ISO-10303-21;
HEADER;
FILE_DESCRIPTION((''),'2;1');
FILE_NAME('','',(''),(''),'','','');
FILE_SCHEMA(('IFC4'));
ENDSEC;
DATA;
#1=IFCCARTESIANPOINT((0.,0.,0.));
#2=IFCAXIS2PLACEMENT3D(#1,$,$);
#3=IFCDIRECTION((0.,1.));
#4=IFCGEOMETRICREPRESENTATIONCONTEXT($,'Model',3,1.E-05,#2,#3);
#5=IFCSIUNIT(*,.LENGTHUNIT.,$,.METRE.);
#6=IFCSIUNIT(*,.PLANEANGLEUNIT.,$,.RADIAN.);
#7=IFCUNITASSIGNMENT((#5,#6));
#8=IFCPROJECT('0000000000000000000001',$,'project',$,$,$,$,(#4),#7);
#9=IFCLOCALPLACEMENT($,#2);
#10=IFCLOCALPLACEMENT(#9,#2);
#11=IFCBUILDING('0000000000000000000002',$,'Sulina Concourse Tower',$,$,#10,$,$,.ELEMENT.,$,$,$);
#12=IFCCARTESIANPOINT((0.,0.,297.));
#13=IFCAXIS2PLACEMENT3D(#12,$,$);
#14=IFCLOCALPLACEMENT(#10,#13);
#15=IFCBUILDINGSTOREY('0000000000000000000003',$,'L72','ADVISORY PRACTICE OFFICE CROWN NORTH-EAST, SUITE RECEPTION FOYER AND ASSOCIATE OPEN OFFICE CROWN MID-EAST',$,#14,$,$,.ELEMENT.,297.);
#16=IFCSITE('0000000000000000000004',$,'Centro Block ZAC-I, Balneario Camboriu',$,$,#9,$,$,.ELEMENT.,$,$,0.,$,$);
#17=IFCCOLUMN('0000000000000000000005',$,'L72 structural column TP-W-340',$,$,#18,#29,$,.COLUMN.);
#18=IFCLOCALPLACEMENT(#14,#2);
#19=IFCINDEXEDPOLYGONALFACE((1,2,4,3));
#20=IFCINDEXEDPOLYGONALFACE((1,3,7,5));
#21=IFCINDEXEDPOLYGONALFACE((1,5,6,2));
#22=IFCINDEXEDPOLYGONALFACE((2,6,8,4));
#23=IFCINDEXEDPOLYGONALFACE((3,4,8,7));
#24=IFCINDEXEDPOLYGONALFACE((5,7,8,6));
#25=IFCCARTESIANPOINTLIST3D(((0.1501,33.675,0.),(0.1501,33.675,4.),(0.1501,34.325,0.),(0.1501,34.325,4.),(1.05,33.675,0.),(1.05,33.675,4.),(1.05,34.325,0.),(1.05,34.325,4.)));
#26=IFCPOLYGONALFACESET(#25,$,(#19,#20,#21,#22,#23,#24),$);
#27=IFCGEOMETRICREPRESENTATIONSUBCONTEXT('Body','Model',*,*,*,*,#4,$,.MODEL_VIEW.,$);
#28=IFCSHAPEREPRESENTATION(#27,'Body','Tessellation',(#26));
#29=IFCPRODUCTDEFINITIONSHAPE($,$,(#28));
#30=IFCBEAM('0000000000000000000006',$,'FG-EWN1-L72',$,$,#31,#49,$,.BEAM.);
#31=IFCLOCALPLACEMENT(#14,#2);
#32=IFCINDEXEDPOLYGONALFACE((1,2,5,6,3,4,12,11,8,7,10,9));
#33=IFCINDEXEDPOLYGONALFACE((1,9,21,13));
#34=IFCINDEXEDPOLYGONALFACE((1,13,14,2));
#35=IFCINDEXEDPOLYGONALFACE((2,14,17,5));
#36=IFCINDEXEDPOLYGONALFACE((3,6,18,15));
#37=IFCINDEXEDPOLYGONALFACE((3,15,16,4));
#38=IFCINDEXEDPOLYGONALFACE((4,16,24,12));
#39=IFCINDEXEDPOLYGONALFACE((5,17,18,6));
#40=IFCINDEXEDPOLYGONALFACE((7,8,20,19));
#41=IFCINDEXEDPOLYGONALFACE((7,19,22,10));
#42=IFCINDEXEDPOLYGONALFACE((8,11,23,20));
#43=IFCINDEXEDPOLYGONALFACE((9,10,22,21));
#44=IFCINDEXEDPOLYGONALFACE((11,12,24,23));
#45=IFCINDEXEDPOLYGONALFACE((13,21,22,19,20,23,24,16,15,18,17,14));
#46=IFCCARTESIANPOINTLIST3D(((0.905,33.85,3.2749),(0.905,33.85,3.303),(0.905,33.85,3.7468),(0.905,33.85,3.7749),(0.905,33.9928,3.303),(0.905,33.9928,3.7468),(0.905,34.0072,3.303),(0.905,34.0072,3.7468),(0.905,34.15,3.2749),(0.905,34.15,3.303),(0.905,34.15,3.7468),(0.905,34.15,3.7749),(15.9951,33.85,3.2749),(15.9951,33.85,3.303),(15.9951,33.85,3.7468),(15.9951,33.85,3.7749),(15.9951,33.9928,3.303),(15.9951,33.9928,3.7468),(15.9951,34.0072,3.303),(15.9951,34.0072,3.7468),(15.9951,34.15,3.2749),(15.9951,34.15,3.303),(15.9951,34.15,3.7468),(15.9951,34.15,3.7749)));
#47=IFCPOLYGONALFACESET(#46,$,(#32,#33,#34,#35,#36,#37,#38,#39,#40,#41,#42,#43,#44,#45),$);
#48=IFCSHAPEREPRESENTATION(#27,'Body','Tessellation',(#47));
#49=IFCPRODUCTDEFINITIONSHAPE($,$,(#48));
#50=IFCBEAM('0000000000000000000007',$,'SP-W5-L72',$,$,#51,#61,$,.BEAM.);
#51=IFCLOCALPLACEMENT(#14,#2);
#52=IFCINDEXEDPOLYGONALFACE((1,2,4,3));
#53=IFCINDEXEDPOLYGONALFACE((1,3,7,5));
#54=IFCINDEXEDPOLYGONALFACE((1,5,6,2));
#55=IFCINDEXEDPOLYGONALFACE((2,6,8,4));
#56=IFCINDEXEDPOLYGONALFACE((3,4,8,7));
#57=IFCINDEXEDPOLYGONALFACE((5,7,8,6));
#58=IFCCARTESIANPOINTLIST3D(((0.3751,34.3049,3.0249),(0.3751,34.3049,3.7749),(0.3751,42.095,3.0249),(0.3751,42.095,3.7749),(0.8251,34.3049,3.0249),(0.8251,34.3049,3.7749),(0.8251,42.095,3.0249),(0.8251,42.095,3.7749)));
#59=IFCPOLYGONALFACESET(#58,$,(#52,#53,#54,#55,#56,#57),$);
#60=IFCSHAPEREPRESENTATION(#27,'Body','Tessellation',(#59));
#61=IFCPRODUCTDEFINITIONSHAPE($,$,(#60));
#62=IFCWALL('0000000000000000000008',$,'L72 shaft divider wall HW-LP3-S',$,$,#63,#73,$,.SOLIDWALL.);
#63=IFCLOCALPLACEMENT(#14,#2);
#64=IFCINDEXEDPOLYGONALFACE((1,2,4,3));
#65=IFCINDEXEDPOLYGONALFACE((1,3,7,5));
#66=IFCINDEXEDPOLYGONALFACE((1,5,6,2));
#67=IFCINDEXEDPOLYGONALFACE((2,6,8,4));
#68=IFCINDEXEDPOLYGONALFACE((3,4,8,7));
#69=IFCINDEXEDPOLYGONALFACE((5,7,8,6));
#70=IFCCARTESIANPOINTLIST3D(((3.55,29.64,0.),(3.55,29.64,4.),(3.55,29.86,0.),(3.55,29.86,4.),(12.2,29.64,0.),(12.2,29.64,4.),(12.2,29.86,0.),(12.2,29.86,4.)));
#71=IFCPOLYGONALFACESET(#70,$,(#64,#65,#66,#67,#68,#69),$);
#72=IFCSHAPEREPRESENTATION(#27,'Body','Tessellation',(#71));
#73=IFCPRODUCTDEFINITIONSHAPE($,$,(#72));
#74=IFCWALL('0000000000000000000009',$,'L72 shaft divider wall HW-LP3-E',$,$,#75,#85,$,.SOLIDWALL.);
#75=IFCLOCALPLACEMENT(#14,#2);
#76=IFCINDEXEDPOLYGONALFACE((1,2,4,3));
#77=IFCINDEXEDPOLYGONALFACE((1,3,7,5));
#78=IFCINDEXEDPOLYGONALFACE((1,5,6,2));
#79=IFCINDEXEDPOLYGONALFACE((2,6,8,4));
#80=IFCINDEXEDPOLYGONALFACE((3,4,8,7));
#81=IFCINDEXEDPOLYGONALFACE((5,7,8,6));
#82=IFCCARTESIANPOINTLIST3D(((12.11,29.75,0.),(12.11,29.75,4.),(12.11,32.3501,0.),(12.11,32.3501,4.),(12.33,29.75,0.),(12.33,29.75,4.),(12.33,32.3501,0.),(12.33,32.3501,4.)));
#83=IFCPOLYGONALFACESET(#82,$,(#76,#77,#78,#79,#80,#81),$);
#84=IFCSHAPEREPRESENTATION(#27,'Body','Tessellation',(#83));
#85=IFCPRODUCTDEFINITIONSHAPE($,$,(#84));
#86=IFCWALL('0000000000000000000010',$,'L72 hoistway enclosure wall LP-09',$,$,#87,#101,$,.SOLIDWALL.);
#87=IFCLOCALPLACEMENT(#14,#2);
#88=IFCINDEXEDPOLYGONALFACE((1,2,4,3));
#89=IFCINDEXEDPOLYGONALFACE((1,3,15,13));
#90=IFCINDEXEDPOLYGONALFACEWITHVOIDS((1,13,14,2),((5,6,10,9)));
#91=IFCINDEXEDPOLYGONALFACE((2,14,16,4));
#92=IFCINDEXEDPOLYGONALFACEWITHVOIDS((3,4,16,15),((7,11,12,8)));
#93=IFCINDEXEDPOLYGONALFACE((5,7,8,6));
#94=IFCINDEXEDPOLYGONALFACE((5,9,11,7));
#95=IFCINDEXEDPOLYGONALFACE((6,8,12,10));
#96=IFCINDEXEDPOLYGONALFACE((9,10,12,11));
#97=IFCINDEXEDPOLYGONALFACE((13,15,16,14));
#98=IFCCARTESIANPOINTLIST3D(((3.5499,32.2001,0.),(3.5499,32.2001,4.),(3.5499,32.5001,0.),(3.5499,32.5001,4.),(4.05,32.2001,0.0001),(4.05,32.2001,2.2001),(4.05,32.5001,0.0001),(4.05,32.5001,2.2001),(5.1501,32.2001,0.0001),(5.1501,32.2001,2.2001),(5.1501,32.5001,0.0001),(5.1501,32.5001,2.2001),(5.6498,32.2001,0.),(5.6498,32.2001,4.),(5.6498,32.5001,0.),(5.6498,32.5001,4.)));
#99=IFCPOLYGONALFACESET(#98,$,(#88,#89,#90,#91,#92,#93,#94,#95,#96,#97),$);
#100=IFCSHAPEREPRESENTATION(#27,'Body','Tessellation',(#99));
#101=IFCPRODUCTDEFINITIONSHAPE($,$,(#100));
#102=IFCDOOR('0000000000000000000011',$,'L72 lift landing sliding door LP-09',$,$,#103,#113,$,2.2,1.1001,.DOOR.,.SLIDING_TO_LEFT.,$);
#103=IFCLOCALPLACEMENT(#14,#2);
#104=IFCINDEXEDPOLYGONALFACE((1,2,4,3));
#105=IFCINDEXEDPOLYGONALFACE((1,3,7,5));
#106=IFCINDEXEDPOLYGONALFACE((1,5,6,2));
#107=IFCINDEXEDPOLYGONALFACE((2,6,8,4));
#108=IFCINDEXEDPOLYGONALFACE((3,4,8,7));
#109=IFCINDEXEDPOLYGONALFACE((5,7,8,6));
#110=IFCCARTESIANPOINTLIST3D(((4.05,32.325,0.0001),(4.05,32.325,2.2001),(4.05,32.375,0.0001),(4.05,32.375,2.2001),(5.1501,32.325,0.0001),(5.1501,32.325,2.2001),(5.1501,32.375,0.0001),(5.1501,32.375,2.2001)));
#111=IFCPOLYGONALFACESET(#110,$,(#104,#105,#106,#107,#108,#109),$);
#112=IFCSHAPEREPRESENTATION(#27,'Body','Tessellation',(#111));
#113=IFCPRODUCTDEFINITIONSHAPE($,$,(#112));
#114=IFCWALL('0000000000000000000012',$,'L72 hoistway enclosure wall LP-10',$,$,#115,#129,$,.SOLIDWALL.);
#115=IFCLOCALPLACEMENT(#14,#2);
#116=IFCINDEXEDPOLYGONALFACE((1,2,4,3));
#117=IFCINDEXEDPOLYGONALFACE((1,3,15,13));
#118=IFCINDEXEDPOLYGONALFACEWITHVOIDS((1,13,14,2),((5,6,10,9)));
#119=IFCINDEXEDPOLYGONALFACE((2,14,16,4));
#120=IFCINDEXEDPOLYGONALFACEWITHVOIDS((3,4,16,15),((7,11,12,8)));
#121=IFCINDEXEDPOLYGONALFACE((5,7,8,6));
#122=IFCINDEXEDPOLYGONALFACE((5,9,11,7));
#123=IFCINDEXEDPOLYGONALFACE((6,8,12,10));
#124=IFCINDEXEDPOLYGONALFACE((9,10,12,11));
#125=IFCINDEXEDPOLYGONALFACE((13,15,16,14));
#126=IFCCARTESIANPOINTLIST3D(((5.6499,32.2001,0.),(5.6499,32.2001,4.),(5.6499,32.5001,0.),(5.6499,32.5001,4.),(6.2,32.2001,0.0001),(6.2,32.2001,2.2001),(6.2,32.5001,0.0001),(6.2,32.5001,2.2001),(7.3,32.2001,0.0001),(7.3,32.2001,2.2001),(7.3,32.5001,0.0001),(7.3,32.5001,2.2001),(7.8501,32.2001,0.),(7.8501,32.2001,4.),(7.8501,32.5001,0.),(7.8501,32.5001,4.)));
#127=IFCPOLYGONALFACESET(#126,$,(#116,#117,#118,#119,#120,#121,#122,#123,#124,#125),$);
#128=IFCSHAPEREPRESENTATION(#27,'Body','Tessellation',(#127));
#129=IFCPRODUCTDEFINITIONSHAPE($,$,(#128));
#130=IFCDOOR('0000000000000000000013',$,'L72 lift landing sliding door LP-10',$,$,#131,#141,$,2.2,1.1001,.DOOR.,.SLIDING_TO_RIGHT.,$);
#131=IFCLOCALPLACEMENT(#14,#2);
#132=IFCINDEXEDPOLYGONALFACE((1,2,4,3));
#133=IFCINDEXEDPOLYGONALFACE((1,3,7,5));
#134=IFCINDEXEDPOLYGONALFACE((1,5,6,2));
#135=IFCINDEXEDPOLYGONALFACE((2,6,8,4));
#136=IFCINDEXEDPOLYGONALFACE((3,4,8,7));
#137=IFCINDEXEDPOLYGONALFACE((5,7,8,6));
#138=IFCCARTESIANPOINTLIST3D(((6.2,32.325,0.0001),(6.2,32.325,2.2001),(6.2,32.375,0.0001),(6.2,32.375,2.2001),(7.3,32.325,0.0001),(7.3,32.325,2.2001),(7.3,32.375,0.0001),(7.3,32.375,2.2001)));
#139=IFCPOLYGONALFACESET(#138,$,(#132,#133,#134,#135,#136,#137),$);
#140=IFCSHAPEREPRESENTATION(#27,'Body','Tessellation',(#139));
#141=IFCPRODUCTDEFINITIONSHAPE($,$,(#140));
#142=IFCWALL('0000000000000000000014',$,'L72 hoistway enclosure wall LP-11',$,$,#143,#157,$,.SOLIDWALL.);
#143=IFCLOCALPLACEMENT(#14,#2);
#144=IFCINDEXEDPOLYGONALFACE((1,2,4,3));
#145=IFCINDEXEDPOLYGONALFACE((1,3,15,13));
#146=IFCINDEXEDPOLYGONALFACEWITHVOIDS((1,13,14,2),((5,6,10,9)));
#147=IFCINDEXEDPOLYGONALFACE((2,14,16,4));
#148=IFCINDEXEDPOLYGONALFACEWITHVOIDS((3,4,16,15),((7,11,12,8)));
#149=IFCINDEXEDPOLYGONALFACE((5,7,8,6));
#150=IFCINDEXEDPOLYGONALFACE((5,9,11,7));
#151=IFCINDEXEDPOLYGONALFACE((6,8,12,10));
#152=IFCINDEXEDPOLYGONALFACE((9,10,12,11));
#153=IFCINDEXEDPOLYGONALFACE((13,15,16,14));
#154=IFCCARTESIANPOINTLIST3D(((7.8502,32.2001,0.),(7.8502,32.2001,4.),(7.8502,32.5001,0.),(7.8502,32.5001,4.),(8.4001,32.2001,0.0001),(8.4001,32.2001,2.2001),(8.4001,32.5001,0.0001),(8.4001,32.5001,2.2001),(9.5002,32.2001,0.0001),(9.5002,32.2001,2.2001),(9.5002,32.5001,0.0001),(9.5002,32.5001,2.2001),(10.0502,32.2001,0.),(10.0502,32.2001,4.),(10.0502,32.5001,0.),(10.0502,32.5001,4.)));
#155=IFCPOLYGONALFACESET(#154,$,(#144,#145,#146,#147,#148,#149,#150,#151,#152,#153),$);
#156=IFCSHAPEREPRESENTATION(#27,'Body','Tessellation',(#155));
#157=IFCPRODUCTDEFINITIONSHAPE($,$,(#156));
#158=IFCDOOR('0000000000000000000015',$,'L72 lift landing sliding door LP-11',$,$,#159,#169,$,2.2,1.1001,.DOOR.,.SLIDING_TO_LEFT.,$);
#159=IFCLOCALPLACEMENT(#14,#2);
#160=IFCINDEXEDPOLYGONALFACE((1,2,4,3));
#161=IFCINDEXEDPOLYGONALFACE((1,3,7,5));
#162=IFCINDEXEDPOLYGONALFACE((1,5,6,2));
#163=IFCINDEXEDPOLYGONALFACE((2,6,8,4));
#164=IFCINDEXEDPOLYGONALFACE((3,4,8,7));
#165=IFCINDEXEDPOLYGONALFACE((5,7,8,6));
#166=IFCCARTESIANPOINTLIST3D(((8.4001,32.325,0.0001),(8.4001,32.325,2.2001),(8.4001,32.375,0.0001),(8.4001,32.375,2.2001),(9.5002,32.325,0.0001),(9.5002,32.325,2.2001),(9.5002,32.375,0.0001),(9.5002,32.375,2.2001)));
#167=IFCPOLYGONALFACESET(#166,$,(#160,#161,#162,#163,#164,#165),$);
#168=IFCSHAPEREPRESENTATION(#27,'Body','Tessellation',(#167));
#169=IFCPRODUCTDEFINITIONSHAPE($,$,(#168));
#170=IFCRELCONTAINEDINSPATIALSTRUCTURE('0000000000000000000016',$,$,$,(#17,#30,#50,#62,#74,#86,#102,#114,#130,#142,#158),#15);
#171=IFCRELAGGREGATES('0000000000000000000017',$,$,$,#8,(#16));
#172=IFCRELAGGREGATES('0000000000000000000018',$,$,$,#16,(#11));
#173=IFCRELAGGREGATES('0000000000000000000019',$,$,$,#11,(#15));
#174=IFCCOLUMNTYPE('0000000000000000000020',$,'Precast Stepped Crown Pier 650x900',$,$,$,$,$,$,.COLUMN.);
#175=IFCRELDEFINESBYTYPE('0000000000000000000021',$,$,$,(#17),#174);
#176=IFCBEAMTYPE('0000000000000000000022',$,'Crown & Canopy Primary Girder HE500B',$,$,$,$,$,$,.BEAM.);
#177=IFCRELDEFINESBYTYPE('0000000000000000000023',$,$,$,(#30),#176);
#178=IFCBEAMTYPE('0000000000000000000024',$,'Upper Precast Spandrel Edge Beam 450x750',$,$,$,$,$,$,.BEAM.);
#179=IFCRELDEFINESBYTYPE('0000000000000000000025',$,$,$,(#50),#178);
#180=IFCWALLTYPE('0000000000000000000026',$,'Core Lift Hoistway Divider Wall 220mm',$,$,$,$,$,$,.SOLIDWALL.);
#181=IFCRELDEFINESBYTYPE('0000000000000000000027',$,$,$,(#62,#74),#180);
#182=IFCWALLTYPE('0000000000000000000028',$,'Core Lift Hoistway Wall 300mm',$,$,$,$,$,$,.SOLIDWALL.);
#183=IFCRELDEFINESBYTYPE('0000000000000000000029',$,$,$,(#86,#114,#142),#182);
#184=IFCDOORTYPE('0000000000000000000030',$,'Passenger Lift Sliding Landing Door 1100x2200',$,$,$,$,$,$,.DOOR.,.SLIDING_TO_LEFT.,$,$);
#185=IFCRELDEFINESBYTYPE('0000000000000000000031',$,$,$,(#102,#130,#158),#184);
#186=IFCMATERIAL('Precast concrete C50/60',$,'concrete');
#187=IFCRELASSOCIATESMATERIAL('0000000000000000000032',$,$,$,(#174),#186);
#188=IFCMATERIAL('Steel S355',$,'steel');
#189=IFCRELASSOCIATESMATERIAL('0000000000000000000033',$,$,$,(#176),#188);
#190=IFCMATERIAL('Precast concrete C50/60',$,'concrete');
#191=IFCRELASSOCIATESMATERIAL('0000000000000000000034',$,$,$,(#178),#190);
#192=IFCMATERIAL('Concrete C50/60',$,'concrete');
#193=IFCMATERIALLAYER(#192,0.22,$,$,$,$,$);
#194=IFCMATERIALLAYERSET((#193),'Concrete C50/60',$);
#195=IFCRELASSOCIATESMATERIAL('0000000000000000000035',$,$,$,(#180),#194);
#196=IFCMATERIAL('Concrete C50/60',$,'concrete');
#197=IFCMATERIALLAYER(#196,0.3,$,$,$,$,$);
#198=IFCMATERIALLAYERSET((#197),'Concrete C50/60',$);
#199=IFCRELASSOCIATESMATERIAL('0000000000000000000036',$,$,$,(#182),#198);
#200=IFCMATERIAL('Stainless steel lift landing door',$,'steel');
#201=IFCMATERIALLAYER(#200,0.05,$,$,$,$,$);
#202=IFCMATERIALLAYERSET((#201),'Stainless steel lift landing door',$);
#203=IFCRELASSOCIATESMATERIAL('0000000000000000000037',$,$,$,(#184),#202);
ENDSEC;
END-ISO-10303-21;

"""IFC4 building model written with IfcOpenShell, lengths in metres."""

from ifc_helpers import new_model, si_unit, direction, frame, frame_2d, origin, origin_2d, place, context, subcontext, project, spatial, rectangle, i_section, extrude, material, layer, layer_set, material_profile, profile_set, type_object, element, fill, save


model = new_model("IFC4")

# Units and contexts
model_context = context("Model", 3, precision=1e-05, world=origin(), true_north=direction((0.0, 1.0)))
body_context = subcontext(model_context, "Body", "Model", "MODEL_VIEW")
ifc_project = project(units=[si_unit("LENGTHUNIT", "METRE"), si_unit("PLANEANGLEUNIT", "RADIAN")], contexts=[model_context])

# Site, building, storey
site_placement = place(None, origin())
site = spatial("IfcSite", under=ifc_project, at=site_placement, Name="Centro Block ZAC-I, Balneario Camboriu", CompositionType="ELEMENT", RefElevation=0.0)
building_placement = place(site_placement, origin())
building = spatial("IfcBuilding", under=site, at=building_placement, Name="Sulina Concourse Tower", CompositionType="ELEMENT")
storey_placement = place(building_placement, frame((0.0, 0.0, 297.0)))
storey = spatial("IfcBuildingStorey", under=building, at=storey_placement, Name="L72", Description="ADVISORY PRACTICE OFFICE CROWN NORTH-EAST, SUITE RECEPTION FOYER AND ASSOCIATE OPEN OFFICE CROWN MID-EAST", CompositionType="ELEMENT", Elevation=297.0)

# Column
ifc_material_1 = material(Name="Precast concrete C50/60", Category="concrete")
ifc_material_profile_1 = material_profile(ifc_material_1, rectangle(XDim=0.6499, YDim=0.8999, at=origin_2d()), Name="PC 650x900")
ifc_profile_set_1 = profile_set([ifc_material_profile_1], Name="Precast concrete C50/60")
column_type = type_object("IfcColumnType", Name="Precast Stepped Crown Pier 650x900", PredefinedType="COLUMN", material=ifc_profile_set_1)
column_placement = place(storey_placement, frame((0.6001, 34.0, 0.0), z_axis=(0.0, 0.0, 1.0), x_axis=(0.0, 1.0, 0.0)))
element("IfcColumn", 1, at=column_placement, inside=storey, type_object=column_type, Name="L72 structural column TP-W-340", PredefinedType="COLUMN", context=body_context, shape_type="SweptSolid", body=[
    extrude(rectangle(XDim=0.6499, YDim=0.8999, at=origin_2d()), origin(), (0.0, 0.0, 1.0), 4.0),
])

# Beams
ifc_material_2 = material(Name="Steel S355", Category="steel")
ifc_material_profile_2 = material_profile(ifc_material_2, i_section(OverallWidth=0.3, OverallDepth=0.5, WebThickness=0.0144, FlangeThickness=0.0281, at=origin_2d()), Name="HE 500 B")
ifc_profile_set_2 = profile_set([ifc_material_profile_2], Name="Steel S355")
beam_type_1 = type_object("IfcBeamType", Name="Crown & Canopy Primary Girder HE500B", PredefinedType="BEAM", material=ifc_profile_set_2)
beam_1_placement = place(storey_placement, frame((0.905, 34.0, 3.5249), z_axis=(1.0, 0.0, 0.0), x_axis=(0.0, 1.0, 0.0)))
element("IfcBeam", 2, at=beam_1_placement, inside=storey, type_object=beam_type_1, Name="FG-EWN1-L72", PredefinedType="BEAM", context=body_context, shape_type="SweptSolid", body=[
    extrude(i_section(OverallWidth=0.3, OverallDepth=0.5, WebThickness=0.0144, FlangeThickness=0.0281, at=origin_2d()), origin(), (0.0, 0.0, 1.0), 15.0901),
])
ifc_material_3 = material(Name="Precast concrete C50/60", Category="concrete")
ifc_material_profile_3 = material_profile(ifc_material_3, rectangle(XDim=0.45, YDim=0.75, at=origin_2d()), Name="RC 450x750")
ifc_profile_set_3 = profile_set([ifc_material_profile_3], Name="Precast concrete C50/60")
beam_type_2 = type_object("IfcBeamType", Name="Upper Precast Spandrel Edge Beam 450x750", PredefinedType="BEAM", material=ifc_profile_set_3)
beam_2_placement = place(storey_placement, frame((0.6001, 34.3049, 3.3999), z_axis=(0.0, 1.0, 0.0), x_axis=(-1.0, 0.0, 0.0)))
element("IfcBeam", 3, at=beam_2_placement, inside=storey, type_object=beam_type_2, Name="SP-W5-L72", PredefinedType="BEAM", context=body_context, shape_type="SweptSolid", body=[
    extrude(rectangle(XDim=0.45, YDim=0.75, at=origin_2d()), origin(), (0.0, 0.0, 1.0), 7.79),
])

# Walls
ifc_material_4 = material(Name="Concrete C50/60", Category="concrete")
ifc_layer_1 = layer(ifc_material_4, 0.22)
ifc_layer_set_1 = layer_set([ifc_layer_1], Name="Concrete C50/60")
wall_type_1 = type_object("IfcWallType", Name="Core Lift Hoistway Divider Wall 220mm", PredefinedType="SOLIDWALL", material=ifc_layer_set_1)
wall_1_placement = place(storey_placement, frame((3.55, 29.75, 0.0), z_axis=(0.0, 0.0, 1.0), x_axis=(1.0, 0.0, 0.0)))
element("IfcWall", 4, at=wall_1_placement, inside=storey, type_object=wall_type_1, Name="L72 shaft divider wall HW-LP3-S", PredefinedType="SOLIDWALL", context=body_context, shape_type="SweptSolid", body=[
    extrude(rectangle(XDim=8.6499, YDim=0.22, at=frame_2d((4.325, 0.0))), origin(), (0.0, 0.0, 1.0), 4.0),
])
wall_2_placement = place(storey_placement, frame((12.22, 29.75, 0.0), z_axis=(0.0, 0.0, 1.0), x_axis=(0.0, 1.0, 0.0)))
element("IfcWall", 5, at=wall_2_placement, inside=storey, type_object=wall_type_1, Name="L72 shaft divider wall HW-LP3-E", PredefinedType="SOLIDWALL", context=body_context, shape_type="SweptSolid", body=[
    extrude(rectangle(XDim=2.6001, YDim=0.22, at=frame_2d((1.3, 0.0))), origin(), (0.0, 0.0, 1.0), 4.0),
])

# Walls, openings, doors
ifc_material_5 = material(Name="Concrete C50/60", Category="concrete")
ifc_layer_2 = layer(ifc_material_5, 0.3)
ifc_layer_set_2 = layer_set([ifc_layer_2], Name="Concrete C50/60")
wall_type_2 = type_object("IfcWallType", Name="Core Lift Hoistway Wall 300mm", PredefinedType="SOLIDWALL", material=ifc_layer_set_2)
wall_3_placement = place(storey_placement, frame((3.55, 32.3501, 0.0), z_axis=(0.0, 0.0, 1.0), x_axis=(1.0, 0.0, 0.0)))
wall_3 = element("IfcWall", 6, at=wall_3_placement, inside=storey, type_object=wall_type_2, Name="L72 hoistway enclosure wall LP-09", PredefinedType="SOLIDWALL", context=body_context, shape_type="SweptSolid", body=[
    extrude(rectangle(XDim=2.0999, YDim=0.3, at=frame_2d((1.0498, 0.0))), origin(), (0.0, 0.0, 1.0), 4.0),
])
opening_1_placement = place(wall_3_placement, frame((0.5, 0.0, 0.0)))
opening_1 = element("IfcOpeningElement", 7, at=opening_1_placement, cuts=wall_3, PredefinedType="OPENING", context=body_context, shape_type="SweptSolid", body=[
    extrude(rectangle(XDim=1.1001, YDim=2.2, at=frame_2d((0.55, 1.1001))), frame((0.0, 0.1599, 0.0), z_axis=(0.0, -1.0, 0.0), x_axis=(1.0, 0.0, 0.0)), (0.0, 0.0, 1.0), 0.3201),
])
ifc_material_6 = material(Name="Stainless steel lift landing door", Category="steel")
ifc_layer_3 = layer(ifc_material_6, 0.05)
ifc_layer_set_3 = layer_set([ifc_layer_3], Name="Stainless steel lift landing door")
door_type_1 = type_object("IfcDoorType", Name="Passenger Lift Sliding Landing Door 1100x2200", OperationType="SLIDING_TO_LEFT", PredefinedType="DOOR", material=ifc_layer_set_3)
door_1_placement = place(opening_1_placement, origin())
door_1 = element("IfcDoor", 8, at=door_1_placement, inside=storey, type_object=door_type_1, Name="L72 lift landing sliding door LP-09", OperationType="SLIDING_TO_LEFT", OverallHeight=2.2, OverallWidth=1.1001, PredefinedType="DOOR", context=body_context, shape_type="SweptSolid", body=[
    extrude(rectangle(XDim=1.1001, YDim=2.2, at=frame_2d((0.55, 1.1001))), frame((0.0, 0.0249, 0.0), z_axis=(0.0, -1.0, 0.0), x_axis=(1.0, 0.0, 0.0)), (0.0, 0.0, 1.0), 0.05),
])
fill(opening_1, door_1)
wall_4_placement = place(storey_placement, frame((5.6499, 32.3501, 0.0), z_axis=(0.0, 0.0, 1.0), x_axis=(1.0, 0.0, 0.0)))
wall_4 = element("IfcWall", 9, at=wall_4_placement, inside=storey, type_object=wall_type_2, Name="L72 hoistway enclosure wall LP-10", PredefinedType="SOLIDWALL", context=body_context, shape_type="SweptSolid", body=[
    extrude(rectangle(XDim=2.2002, YDim=0.3, at=frame_2d((1.1001, 0.0))), origin(), (0.0, 0.0, 1.0), 4.0),
])
opening_2_placement = place(wall_4_placement, frame((0.55, 0.0, 0.0)))
opening_2 = element("IfcOpeningElement", 10, at=opening_2_placement, cuts=wall_4, PredefinedType="OPENING", context=body_context, shape_type="SweptSolid", body=[
    extrude(rectangle(XDim=1.1001, YDim=2.2, at=frame_2d((0.55, 1.1001))), frame((0.0, 0.1599, 0.0), z_axis=(0.0, -1.0, 0.0), x_axis=(1.0, 0.0, 0.0)), (0.0, 0.0, 1.0), 0.3201),
])
door_2_placement = place(opening_2_placement, origin())
door_2 = element("IfcDoor", 11, at=door_2_placement, inside=storey, type_object=door_type_1, Name="L72 lift landing sliding door LP-10", OperationType="SLIDING_TO_RIGHT", OverallHeight=2.2, OverallWidth=1.1001, PredefinedType="DOOR", context=body_context, shape_type="SweptSolid", body=[
    extrude(rectangle(XDim=1.1001, YDim=2.2, at=frame_2d((0.55, 1.1001))), frame((0.0, 0.0249, 0.0), z_axis=(0.0, -1.0, 0.0), x_axis=(1.0, 0.0, 0.0)), (0.0, 0.0, 1.0), 0.05),
])
fill(opening_2, door_2)
wall_5_placement = place(storey_placement, frame((7.8501, 32.3501, 0.0), z_axis=(0.0, 0.0, 1.0), x_axis=(1.0, 0.0, 0.0)))
wall_5 = element("IfcWall", 12, at=wall_5_placement, inside=storey, type_object=wall_type_2, Name="L72 hoistway enclosure wall LP-11", PredefinedType="SOLIDWALL", context=body_context, shape_type="SweptSolid", body=[
    extrude(rectangle(XDim=2.2, YDim=0.3, at=frame_2d((1.1001, 0.0))), origin(), (0.0, 0.0, 1.0), 4.0),
])
opening_3_placement = place(wall_5_placement, frame((0.55, 0.0, 0.0)))
opening_3 = element("IfcOpeningElement", 13, at=opening_3_placement, cuts=wall_5, PredefinedType="OPENING", context=body_context, shape_type="SweptSolid", body=[
    extrude(rectangle(XDim=1.1001, YDim=2.2, at=frame_2d((0.55, 1.1001))), frame((0.0, 0.1599, 0.0), z_axis=(0.0, -1.0, 0.0), x_axis=(1.0, 0.0, 0.0)), (0.0, 0.0, 1.0), 0.3201),
])
door_3_placement = place(opening_3_placement, origin())
door_3 = element("IfcDoor", 14, at=door_3_placement, inside=storey, type_object=door_type_1, Name="L72 lift landing sliding door LP-11", OperationType="SLIDING_TO_LEFT", OverallHeight=2.2, OverallWidth=1.1001, PredefinedType="DOOR", context=body_context, shape_type="SweptSolid", body=[
    extrude(rectangle(XDim=1.1001, YDim=2.2, at=frame_2d((0.55, 1.1001))), frame((0.0, 0.0249, 0.0), z_axis=(0.0, -1.0, 0.0), x_axis=(1.0, 0.0, 0.0)), (0.0, 0.0, 1.0), 0.05),
])
fill(opening_3, door_3)

save(model, "model.ifc")
